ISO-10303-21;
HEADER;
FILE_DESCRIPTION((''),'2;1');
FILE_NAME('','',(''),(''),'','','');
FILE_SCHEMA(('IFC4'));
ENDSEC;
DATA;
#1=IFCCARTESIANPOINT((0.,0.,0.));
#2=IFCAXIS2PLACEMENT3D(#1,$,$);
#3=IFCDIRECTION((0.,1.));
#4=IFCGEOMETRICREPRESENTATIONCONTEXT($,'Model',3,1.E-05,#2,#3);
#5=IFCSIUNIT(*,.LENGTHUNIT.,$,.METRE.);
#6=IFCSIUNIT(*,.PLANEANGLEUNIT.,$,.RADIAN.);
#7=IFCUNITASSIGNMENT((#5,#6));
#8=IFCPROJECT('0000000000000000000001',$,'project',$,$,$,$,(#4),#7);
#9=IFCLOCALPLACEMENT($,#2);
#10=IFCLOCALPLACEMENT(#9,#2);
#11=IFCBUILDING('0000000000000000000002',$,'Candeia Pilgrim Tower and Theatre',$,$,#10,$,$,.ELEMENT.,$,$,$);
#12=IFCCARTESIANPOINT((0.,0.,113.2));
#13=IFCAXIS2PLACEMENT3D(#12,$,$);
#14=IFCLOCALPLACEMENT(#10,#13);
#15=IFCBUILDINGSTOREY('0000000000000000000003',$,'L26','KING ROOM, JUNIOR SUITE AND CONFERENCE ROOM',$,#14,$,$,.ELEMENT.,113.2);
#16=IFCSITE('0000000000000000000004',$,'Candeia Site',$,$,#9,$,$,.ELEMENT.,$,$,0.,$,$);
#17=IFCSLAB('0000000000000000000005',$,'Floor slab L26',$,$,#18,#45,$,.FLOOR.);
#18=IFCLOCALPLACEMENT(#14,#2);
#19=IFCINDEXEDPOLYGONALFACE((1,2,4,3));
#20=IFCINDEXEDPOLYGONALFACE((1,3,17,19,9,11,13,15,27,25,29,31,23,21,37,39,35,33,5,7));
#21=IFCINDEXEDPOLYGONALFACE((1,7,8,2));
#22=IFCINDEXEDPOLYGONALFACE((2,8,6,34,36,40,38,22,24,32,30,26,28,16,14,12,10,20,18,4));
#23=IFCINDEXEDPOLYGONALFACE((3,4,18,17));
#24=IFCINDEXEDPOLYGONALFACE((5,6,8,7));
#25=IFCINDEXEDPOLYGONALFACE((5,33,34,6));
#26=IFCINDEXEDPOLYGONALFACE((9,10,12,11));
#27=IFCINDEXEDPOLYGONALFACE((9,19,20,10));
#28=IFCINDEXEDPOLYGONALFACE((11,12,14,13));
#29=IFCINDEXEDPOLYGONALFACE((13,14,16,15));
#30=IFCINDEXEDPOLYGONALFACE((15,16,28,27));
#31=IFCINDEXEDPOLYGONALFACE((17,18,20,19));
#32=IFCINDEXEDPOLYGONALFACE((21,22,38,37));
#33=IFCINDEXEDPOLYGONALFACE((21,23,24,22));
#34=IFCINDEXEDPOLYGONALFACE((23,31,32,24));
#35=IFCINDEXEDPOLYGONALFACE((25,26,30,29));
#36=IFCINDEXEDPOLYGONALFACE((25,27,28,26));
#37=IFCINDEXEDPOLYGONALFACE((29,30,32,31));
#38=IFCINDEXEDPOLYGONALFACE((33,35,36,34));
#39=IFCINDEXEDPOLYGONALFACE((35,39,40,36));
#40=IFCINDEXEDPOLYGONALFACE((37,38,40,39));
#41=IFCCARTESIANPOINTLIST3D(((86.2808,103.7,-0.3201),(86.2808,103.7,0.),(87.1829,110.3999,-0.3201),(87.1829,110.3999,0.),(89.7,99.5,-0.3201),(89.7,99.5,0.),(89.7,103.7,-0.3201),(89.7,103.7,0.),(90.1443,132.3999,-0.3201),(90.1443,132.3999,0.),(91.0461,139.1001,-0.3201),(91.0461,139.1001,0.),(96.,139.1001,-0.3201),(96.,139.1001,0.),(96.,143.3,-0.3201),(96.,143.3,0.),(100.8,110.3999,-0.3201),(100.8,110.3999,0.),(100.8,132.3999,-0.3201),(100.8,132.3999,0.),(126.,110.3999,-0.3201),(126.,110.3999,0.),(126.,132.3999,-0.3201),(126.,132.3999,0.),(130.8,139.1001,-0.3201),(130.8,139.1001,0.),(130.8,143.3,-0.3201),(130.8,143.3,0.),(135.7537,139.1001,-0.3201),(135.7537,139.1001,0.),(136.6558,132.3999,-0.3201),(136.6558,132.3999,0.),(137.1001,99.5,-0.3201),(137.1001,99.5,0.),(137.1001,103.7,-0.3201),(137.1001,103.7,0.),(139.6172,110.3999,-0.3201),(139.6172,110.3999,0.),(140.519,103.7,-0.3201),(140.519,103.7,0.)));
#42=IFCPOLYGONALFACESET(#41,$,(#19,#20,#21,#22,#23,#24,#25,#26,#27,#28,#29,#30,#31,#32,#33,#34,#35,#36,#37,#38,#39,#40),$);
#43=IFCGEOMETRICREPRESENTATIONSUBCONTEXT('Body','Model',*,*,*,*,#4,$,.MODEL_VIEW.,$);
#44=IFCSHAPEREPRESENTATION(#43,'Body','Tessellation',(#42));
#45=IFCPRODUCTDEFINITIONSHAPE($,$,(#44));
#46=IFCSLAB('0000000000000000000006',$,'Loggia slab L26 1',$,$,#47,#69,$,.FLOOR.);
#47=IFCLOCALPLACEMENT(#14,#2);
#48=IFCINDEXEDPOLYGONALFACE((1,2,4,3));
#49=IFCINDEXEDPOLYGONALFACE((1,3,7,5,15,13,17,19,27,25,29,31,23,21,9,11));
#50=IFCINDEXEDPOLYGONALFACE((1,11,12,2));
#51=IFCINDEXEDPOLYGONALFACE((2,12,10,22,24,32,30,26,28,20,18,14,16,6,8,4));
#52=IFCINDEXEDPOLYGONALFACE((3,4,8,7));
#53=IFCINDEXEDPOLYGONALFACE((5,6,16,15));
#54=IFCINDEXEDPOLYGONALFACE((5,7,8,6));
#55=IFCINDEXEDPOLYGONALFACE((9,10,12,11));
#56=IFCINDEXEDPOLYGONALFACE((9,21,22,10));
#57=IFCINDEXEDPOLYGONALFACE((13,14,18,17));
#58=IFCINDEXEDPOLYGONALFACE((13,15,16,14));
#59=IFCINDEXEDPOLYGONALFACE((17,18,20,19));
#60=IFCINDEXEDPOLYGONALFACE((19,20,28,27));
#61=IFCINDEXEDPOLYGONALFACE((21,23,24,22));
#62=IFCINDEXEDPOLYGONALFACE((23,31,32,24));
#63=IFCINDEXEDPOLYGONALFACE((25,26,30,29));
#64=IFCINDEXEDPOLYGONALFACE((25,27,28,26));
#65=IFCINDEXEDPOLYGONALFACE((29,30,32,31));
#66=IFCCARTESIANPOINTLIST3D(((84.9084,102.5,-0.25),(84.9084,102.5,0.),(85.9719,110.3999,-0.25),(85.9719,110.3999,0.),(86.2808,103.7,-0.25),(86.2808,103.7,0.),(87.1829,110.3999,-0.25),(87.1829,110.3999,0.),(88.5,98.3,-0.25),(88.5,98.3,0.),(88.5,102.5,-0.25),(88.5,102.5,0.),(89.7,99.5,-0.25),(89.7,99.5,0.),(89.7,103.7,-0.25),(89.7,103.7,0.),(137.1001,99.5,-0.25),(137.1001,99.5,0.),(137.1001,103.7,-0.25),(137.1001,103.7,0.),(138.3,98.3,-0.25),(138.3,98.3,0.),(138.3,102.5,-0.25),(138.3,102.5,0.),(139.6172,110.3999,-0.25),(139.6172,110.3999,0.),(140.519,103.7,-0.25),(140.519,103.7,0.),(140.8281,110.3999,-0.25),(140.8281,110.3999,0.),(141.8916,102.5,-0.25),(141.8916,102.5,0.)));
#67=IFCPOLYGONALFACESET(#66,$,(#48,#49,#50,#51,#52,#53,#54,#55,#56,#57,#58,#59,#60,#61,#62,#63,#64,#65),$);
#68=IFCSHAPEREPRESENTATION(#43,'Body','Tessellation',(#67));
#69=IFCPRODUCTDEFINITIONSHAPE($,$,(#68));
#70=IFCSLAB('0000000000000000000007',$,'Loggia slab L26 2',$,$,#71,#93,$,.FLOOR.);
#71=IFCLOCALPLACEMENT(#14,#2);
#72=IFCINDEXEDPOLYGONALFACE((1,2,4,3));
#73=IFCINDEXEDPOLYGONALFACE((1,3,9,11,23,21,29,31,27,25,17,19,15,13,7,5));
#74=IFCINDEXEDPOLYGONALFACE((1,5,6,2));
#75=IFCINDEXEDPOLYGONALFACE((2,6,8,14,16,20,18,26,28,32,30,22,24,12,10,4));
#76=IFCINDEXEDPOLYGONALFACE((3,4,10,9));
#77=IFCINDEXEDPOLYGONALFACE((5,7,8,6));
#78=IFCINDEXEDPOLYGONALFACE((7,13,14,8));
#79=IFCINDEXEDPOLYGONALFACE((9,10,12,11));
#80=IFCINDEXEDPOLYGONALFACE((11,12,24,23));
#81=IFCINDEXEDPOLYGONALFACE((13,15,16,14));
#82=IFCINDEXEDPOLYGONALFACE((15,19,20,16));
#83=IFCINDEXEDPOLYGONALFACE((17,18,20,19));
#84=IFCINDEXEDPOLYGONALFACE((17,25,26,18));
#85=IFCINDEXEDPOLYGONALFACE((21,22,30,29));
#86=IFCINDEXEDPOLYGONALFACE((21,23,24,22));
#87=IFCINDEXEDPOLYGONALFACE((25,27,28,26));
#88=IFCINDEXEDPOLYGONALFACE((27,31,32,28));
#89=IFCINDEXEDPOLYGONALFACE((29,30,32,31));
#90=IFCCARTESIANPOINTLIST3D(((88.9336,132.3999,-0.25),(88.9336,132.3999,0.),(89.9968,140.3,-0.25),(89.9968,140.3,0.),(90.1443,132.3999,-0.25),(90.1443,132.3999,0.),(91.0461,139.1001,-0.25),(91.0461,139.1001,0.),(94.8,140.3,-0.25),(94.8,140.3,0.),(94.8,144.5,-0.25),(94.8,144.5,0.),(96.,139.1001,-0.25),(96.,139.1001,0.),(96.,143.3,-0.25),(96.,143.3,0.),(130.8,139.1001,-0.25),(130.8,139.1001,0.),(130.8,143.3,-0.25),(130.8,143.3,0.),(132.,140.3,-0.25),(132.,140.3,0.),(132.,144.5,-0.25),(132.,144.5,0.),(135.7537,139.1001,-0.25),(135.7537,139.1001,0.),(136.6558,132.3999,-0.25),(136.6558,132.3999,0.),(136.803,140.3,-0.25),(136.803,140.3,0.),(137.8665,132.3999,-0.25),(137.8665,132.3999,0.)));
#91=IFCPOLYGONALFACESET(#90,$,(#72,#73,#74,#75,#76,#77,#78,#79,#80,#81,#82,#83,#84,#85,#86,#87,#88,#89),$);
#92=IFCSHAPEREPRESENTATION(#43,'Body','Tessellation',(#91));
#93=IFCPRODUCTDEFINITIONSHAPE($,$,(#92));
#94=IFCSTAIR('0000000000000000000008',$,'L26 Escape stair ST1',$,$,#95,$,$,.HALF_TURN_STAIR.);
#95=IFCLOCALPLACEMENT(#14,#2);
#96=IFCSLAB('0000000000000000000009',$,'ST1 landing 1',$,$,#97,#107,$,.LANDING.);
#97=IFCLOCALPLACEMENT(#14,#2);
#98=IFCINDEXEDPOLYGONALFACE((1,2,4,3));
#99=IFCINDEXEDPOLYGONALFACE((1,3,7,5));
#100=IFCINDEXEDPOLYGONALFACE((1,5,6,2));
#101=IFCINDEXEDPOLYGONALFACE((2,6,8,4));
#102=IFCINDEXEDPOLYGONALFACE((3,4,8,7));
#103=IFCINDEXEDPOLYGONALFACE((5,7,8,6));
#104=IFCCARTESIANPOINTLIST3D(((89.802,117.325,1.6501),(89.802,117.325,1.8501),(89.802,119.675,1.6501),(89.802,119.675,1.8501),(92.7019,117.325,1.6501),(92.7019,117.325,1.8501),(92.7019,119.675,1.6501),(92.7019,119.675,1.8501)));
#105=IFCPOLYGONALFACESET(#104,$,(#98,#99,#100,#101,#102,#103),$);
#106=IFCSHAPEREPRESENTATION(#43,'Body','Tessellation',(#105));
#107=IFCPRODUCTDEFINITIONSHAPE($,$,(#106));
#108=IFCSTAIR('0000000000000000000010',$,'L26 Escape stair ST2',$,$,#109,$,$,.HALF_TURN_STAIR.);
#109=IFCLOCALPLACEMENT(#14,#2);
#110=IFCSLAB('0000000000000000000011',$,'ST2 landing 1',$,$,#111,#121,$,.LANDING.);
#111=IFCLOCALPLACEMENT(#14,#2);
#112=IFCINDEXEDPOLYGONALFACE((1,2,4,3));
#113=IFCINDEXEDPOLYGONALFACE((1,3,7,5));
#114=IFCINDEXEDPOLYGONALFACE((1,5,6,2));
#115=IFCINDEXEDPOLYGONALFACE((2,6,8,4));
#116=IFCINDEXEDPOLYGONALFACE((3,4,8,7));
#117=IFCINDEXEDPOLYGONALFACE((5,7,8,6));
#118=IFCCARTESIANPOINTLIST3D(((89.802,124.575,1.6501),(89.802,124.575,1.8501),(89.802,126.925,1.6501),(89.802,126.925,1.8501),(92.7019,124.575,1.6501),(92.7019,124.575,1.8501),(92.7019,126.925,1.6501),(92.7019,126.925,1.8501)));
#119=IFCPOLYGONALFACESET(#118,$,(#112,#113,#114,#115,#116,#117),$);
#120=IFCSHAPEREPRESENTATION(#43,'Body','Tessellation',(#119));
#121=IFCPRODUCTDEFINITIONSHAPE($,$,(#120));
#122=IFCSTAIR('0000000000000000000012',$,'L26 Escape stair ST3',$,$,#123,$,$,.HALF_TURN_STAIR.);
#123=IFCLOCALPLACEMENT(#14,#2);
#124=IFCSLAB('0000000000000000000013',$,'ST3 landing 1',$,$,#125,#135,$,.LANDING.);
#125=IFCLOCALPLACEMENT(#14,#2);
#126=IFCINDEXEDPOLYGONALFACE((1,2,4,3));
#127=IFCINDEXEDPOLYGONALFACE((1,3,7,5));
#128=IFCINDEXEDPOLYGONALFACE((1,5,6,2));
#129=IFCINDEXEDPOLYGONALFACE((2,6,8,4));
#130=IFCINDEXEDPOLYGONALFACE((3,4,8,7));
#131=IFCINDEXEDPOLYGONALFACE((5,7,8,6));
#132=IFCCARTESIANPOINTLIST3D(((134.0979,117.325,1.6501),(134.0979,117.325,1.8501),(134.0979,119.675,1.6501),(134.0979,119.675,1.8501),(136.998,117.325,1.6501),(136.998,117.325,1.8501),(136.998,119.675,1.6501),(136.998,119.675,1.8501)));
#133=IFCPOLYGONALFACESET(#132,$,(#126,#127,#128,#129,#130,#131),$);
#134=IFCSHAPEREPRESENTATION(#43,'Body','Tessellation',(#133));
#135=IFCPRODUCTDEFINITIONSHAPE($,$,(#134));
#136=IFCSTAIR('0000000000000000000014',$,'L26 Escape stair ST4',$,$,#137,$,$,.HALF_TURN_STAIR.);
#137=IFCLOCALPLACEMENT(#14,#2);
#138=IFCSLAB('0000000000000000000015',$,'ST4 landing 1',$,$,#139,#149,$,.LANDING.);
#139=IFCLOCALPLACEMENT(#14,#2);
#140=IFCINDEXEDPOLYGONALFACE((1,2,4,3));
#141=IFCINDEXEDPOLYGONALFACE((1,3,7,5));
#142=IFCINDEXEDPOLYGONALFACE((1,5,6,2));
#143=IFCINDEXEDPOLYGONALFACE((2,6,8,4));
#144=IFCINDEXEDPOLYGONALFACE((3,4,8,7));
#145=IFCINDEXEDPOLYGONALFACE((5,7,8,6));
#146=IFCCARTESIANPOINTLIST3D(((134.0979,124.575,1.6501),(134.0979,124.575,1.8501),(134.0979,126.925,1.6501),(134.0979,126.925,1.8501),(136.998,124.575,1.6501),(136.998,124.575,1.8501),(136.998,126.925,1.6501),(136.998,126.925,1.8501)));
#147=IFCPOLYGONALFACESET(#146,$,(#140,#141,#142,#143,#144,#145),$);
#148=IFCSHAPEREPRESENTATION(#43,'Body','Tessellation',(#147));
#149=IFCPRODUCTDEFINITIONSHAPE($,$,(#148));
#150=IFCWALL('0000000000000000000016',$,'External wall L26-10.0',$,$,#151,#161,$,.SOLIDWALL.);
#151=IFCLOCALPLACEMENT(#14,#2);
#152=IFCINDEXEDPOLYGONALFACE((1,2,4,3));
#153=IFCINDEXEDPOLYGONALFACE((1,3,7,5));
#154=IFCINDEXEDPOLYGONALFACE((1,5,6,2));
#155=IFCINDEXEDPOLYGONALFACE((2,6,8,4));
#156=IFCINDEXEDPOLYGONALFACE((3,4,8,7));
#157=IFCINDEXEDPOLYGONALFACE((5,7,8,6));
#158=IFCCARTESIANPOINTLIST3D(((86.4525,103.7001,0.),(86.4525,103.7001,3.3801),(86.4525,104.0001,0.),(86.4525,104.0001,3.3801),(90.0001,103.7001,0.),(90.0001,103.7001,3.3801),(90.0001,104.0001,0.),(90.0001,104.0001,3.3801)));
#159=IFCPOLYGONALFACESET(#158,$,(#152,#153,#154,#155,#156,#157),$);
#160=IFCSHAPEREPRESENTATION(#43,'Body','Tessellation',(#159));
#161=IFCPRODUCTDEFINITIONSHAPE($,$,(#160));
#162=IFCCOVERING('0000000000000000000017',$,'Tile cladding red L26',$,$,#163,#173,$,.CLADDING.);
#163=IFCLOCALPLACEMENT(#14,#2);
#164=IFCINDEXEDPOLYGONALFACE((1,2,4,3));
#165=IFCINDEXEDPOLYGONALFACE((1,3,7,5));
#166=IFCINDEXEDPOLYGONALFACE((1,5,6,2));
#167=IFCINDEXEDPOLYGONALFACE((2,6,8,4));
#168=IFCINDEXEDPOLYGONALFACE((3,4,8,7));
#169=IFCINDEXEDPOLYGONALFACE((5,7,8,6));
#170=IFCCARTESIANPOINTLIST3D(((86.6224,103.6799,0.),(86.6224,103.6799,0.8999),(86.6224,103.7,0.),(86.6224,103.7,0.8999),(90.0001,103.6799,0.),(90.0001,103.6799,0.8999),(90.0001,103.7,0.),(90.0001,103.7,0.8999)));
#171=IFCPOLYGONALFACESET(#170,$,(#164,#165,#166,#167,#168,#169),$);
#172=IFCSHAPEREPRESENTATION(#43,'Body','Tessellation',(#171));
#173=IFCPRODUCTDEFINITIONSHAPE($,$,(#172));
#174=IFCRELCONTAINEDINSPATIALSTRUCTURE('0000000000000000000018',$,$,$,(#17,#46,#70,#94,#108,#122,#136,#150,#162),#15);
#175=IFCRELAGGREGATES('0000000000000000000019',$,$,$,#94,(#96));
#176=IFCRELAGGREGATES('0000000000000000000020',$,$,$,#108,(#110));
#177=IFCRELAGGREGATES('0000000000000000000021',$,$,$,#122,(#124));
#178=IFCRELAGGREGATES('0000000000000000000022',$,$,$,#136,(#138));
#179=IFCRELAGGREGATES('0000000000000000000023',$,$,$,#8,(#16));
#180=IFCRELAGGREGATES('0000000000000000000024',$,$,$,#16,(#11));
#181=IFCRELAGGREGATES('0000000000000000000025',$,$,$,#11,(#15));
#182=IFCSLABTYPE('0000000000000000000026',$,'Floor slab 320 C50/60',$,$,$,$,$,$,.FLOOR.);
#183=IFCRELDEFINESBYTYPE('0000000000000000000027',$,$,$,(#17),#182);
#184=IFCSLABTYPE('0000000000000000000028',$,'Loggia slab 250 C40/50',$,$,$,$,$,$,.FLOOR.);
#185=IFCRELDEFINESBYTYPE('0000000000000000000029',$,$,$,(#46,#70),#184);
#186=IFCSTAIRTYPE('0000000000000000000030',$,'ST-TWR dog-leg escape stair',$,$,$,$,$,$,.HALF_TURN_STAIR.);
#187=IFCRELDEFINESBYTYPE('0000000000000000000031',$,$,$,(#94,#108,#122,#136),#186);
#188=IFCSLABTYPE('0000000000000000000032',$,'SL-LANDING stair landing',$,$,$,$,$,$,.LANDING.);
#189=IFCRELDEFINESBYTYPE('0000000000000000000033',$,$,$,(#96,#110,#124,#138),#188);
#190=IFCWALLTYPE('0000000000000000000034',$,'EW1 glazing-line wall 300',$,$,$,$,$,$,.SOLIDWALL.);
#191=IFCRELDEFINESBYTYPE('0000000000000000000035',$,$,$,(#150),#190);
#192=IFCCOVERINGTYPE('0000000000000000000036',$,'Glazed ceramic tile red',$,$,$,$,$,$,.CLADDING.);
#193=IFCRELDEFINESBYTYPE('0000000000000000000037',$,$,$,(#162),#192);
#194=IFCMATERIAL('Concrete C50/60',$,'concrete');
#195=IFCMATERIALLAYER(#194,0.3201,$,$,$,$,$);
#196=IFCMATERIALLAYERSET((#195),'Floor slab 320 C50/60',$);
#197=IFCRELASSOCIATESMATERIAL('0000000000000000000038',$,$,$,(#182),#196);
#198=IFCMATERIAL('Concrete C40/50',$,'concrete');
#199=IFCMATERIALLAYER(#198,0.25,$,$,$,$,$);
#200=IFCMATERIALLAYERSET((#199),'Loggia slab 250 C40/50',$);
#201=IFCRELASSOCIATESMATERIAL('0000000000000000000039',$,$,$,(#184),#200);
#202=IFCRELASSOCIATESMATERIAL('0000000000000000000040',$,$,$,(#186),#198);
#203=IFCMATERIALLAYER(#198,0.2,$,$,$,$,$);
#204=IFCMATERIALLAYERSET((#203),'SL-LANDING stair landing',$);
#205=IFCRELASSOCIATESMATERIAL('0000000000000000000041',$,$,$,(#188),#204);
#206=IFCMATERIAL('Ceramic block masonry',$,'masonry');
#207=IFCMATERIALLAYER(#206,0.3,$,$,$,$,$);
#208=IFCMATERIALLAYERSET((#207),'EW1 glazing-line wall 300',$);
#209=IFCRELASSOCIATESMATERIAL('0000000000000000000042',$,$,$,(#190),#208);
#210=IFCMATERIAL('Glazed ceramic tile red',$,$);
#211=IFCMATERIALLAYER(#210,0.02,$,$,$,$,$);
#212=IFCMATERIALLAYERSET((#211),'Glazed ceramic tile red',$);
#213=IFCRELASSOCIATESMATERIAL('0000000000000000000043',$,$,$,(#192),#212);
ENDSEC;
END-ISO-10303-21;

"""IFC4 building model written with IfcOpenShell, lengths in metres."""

from ifc_helpers import new_model, si_unit, direction, frame, frame_2d, origin, origin_2d, place, context, subcontext, project, spatial, polyline, rectangle, outline, extrude, material, layer, layer_set, type_object, element, aggregate, save


model = new_model("IFC4")

# Units and contexts
model_context = context("Model", 3, precision=1e-05, world=origin(), true_north=direction((0.0, 1.0)))
body_context = subcontext(model_context, "Body", "Model", "MODEL_VIEW")
ifc_project = project(units=[si_unit("LENGTHUNIT", "METRE"), si_unit("PLANEANGLEUNIT", "RADIAN")], contexts=[model_context])

# Site, building, storey
site_placement = place(None, origin())
site = spatial("IfcSite", under=ifc_project, at=site_placement, Name="Candeia Site", CompositionType="ELEMENT", RefElevation=0.0)
building_placement = place(site_placement, origin())
building = spatial("IfcBuilding", under=site, at=building_placement, Name="Candeia Pilgrim Tower and Theatre", CompositionType="ELEMENT")
storey_placement = place(building_placement, frame((0.0, 0.0, 113.2)))
storey = spatial("IfcBuildingStorey", under=building, at=storey_placement, Name="L26", Description="KING ROOM, JUNIOR SUITE AND CONFERENCE ROOM", CompositionType="ELEMENT", Elevation=113.2)

# Slabs
ifc_material_1 = material(Name="Concrete C40/50", Category="concrete")
ifc_material_2 = material(Name="Concrete C50/60", Category="concrete")
ifc_layer_1 = layer(ifc_material_2, 0.3201)
ifc_layer_set_1 = layer_set([ifc_layer_1], Name="Floor slab 320 C50/60")
slab_type_1 = type_object("IfcSlabType", Name="Floor slab 320 C50/60", PredefinedType="FLOOR", material=ifc_layer_set_1)
slab_1_placement = place(storey_placement, frame((0.0, 0.0, -0.3201)))
element("IfcSlab", 1, at=slab_1_placement, inside=storey, type_object=slab_type_1, Name="Floor slab L26", PredefinedType="FLOOR", context=body_context, shape_type="SweptSolid", body=[
    extrude(outline(polyline([(96.0, 139.1001), (96.0, 143.3), (130.8, 143.3), (130.8, 139.1001), (135.7537, 139.1001), (136.6558, 132.3999), (126.0, 132.3999), (126.0, 110.3999), (139.6172, 110.3999), (140.519, 103.7), (137.1001, 103.7), (137.1001, 99.5), (89.7, 99.5), (89.7, 103.7), (86.2808, 103.7), (87.1829, 110.3999), (100.8, 110.3999), (100.8, 132.3999), (90.1443, 132.3999), (91.0461, 139.1001), (96.0, 139.1001)])), origin(), (0.0, 0.0, 1.0), 0.3201),
])
ifc_layer_2 = layer(ifc_material_1, 0.25)
ifc_layer_set_2 = layer_set([ifc_layer_2], Name="Loggia slab 250 C40/50")
slab_type_2 = type_object("IfcSlabType", Name="Loggia slab 250 C40/50", PredefinedType="FLOOR", material=ifc_layer_set_2)
slab_2_placement = place(storey_placement, frame((0.0, 0.0, -0.25)))
element("IfcSlab", 2, at=slab_2_placement, inside=storey, type_object=slab_type_2, Name="Loggia slab L26 1", PredefinedType="FLOOR", context=body_context, shape_type="SweptSolid", body=[
    extrude(outline(polyline([(87.1829, 110.3999), (86.2808, 103.7), (89.7, 103.7), (89.7, 99.5), (137.1001, 99.5), (137.1001, 103.7), (140.519, 103.7), (139.6172, 110.3999), (140.8281, 110.3999), (141.8916, 102.5), (138.3, 102.5), (138.3, 98.3), (88.5, 98.3), (88.5, 102.5), (84.9084, 102.5), (85.9719, 110.3999), (87.1829, 110.3999)])), origin(), (0.0, 0.0, 1.0), 0.25),
])
slab_3_placement = place(storey_placement, frame((0.0, 0.0, -0.25)))
element("IfcSlab", 3, at=slab_3_placement, inside=storey, type_object=slab_type_2, Name="Loggia slab L26 2", PredefinedType="FLOOR", context=body_context, shape_type="SweptSolid", body=[
    extrude(outline(polyline([(136.6558, 132.3999), (135.7537, 139.1001), (130.8, 139.1001), (130.8, 143.3), (96.0, 143.3), (96.0, 139.1001), (91.0461, 139.1001), (90.1443, 132.3999), (88.9336, 132.3999), (89.9968, 140.3), (94.8, 140.3), (94.8, 144.5), (132.0, 144.5), (132.0, 140.3), (136.803, 140.3), (137.8665, 132.3999), (136.6558, 132.3999)])), origin(), (0.0, 0.0, 1.0), 0.25),
])

# Stairs, slabs
stair_type = type_object("IfcStairType", Name="ST-TWR dog-leg escape stair", PredefinedType="HALF_TURN_STAIR", material=ifc_material_1)
stair_1_placement = place(storey_placement, origin())
stair_1 = element("IfcStair", 4, at=stair_1_placement, inside=storey, type_object=stair_type, Name="L26 Escape stair ST1", PredefinedType="HALF_TURN_STAIR")
ifc_layer_3 = layer(ifc_material_1, 0.2)
ifc_layer_set_3 = layer_set([ifc_layer_3], Name="SL-LANDING stair landing")
slab_type_3 = type_object("IfcSlabType", Name="SL-LANDING stair landing", PredefinedType="LANDING", material=ifc_layer_set_3)
slab_4_placement = place(storey_placement, frame((0.0, 0.0, 1.6501)))
slab_4 = element("IfcSlab", 5, at=slab_4_placement, type_object=slab_type_3, Name="ST1 landing 1", PredefinedType="LANDING", context=body_context, shape_type="SweptSolid", body=[
    extrude(outline(polyline([(89.802, 119.675), (89.802, 117.325), (92.7019, 117.325), (92.7019, 119.675), (89.802, 119.675)])), origin(), (0.0, 0.0, 1.0), 0.2),
])
aggregate(stair_1, [slab_4])
stair_2_placement = place(storey_placement, origin())
stair_2 = element("IfcStair", 6, at=stair_2_placement, inside=storey, type_object=stair_type, Name="L26 Escape stair ST2", PredefinedType="HALF_TURN_STAIR")
slab_5_placement = place(storey_placement, frame((0.0, 0.0, 1.6501)))
slab_5 = element("IfcSlab", 7, at=slab_5_placement, type_object=slab_type_3, Name="ST2 landing 1", PredefinedType="LANDING", context=body_context, shape_type="SweptSolid", body=[
    extrude(outline(polyline([(89.802, 126.925), (89.802, 124.575), (92.7019, 124.575), (92.7019, 126.925), (89.802, 126.925)])), origin(), (0.0, 0.0, 1.0), 0.2),
])
aggregate(stair_2, [slab_5])
stair_3_placement = place(storey_placement, origin())
stair_3 = element("IfcStair", 8, at=stair_3_placement, inside=storey, type_object=stair_type, Name="L26 Escape stair ST3", PredefinedType="HALF_TURN_STAIR")
slab_6_placement = place(storey_placement, frame((0.0, 0.0, 1.6501)))
slab_6 = element("IfcSlab", 9, at=slab_6_placement, type_object=slab_type_3, Name="ST3 landing 1", PredefinedType="LANDING", context=body_context, shape_type="SweptSolid", body=[
    extrude(outline(polyline([(134.0979, 119.675), (134.0979, 117.325), (136.998, 117.325), (136.998, 119.675), (134.0979, 119.675)])), origin(), (0.0, 0.0, 1.0), 0.2),
])
aggregate(stair_3, [slab_6])
stair_4_placement = place(storey_placement, origin())
stair_4 = element("IfcStair", 10, at=stair_4_placement, inside=storey, type_object=stair_type, Name="L26 Escape stair ST4", PredefinedType="HALF_TURN_STAIR")
slab_7_placement = place(storey_placement, frame((0.0, 0.0, 1.6501)))
slab_7 = element("IfcSlab", 11, at=slab_7_placement, type_object=slab_type_3, Name="ST4 landing 1", PredefinedType="LANDING", context=body_context, shape_type="SweptSolid", body=[
    extrude(outline(polyline([(134.0979, 126.925), (134.0979, 124.575), (136.998, 124.575), (136.998, 126.925), (134.0979, 126.925)])), origin(), (0.0, 0.0, 1.0), 0.2),
])
aggregate(stair_4, [slab_7])

# Wall
ifc_material_3 = material(Name="Ceramic block masonry", Category="masonry")
ifc_layer_4 = layer(ifc_material_3, 0.3)
ifc_layer_set_4 = layer_set([ifc_layer_4], Name="EW1 glazing-line wall 300")
wall_type = type_object("IfcWallType", Name="EW1 glazing-line wall 300", PredefinedType="SOLIDWALL", material=ifc_layer_set_4)
wall_placement = place(storey_placement, frame((86.4524, 103.8501, 0.0), z_axis=(0.0, 0.0, 1.0), x_axis=(1.0, 0.0, 0.0)))
element("IfcWall", 12, at=wall_placement, inside=storey, type_object=wall_type, Name="External wall L26-10.0", PredefinedType="SOLIDWALL", context=body_context, shape_type="SweptSolid", body=[
    extrude(rectangle(XDim=3.5476, YDim=0.3, at=frame_2d((1.7739, 0.0))), origin(), (0.0, 0.0, 1.0), 3.3801),
])

# Covering
ifc_material_4 = material(Name="Glazed ceramic tile red")
ifc_layer_5 = layer(ifc_material_4, 0.02)
ifc_layer_set_5 = layer_set([ifc_layer_5], Name="Glazed ceramic tile red")
covering_type = type_object("IfcCoveringType", Name="Glazed ceramic tile red", PredefinedType="CLADDING", material=ifc_layer_set_5)
covering_placement = place(storey_placement, frame((88.3113, 103.6899, 0.0), z_axis=(0.0, 0.0, 1.0), x_axis=(1.0, 0.0, 0.0)))
element("IfcCovering", 13, at=covering_placement, inside=storey, type_object=covering_type, Name="Tile cladding red L26", PredefinedType="CLADDING", context=body_context, shape_type="SweptSolid", body=[
    extrude(rectangle(XDim=3.3777, YDim=0.02, at=origin_2d()), origin(), (0.0, 0.0, 1.0), 0.8999),
])

save(model, "model.ifc")
